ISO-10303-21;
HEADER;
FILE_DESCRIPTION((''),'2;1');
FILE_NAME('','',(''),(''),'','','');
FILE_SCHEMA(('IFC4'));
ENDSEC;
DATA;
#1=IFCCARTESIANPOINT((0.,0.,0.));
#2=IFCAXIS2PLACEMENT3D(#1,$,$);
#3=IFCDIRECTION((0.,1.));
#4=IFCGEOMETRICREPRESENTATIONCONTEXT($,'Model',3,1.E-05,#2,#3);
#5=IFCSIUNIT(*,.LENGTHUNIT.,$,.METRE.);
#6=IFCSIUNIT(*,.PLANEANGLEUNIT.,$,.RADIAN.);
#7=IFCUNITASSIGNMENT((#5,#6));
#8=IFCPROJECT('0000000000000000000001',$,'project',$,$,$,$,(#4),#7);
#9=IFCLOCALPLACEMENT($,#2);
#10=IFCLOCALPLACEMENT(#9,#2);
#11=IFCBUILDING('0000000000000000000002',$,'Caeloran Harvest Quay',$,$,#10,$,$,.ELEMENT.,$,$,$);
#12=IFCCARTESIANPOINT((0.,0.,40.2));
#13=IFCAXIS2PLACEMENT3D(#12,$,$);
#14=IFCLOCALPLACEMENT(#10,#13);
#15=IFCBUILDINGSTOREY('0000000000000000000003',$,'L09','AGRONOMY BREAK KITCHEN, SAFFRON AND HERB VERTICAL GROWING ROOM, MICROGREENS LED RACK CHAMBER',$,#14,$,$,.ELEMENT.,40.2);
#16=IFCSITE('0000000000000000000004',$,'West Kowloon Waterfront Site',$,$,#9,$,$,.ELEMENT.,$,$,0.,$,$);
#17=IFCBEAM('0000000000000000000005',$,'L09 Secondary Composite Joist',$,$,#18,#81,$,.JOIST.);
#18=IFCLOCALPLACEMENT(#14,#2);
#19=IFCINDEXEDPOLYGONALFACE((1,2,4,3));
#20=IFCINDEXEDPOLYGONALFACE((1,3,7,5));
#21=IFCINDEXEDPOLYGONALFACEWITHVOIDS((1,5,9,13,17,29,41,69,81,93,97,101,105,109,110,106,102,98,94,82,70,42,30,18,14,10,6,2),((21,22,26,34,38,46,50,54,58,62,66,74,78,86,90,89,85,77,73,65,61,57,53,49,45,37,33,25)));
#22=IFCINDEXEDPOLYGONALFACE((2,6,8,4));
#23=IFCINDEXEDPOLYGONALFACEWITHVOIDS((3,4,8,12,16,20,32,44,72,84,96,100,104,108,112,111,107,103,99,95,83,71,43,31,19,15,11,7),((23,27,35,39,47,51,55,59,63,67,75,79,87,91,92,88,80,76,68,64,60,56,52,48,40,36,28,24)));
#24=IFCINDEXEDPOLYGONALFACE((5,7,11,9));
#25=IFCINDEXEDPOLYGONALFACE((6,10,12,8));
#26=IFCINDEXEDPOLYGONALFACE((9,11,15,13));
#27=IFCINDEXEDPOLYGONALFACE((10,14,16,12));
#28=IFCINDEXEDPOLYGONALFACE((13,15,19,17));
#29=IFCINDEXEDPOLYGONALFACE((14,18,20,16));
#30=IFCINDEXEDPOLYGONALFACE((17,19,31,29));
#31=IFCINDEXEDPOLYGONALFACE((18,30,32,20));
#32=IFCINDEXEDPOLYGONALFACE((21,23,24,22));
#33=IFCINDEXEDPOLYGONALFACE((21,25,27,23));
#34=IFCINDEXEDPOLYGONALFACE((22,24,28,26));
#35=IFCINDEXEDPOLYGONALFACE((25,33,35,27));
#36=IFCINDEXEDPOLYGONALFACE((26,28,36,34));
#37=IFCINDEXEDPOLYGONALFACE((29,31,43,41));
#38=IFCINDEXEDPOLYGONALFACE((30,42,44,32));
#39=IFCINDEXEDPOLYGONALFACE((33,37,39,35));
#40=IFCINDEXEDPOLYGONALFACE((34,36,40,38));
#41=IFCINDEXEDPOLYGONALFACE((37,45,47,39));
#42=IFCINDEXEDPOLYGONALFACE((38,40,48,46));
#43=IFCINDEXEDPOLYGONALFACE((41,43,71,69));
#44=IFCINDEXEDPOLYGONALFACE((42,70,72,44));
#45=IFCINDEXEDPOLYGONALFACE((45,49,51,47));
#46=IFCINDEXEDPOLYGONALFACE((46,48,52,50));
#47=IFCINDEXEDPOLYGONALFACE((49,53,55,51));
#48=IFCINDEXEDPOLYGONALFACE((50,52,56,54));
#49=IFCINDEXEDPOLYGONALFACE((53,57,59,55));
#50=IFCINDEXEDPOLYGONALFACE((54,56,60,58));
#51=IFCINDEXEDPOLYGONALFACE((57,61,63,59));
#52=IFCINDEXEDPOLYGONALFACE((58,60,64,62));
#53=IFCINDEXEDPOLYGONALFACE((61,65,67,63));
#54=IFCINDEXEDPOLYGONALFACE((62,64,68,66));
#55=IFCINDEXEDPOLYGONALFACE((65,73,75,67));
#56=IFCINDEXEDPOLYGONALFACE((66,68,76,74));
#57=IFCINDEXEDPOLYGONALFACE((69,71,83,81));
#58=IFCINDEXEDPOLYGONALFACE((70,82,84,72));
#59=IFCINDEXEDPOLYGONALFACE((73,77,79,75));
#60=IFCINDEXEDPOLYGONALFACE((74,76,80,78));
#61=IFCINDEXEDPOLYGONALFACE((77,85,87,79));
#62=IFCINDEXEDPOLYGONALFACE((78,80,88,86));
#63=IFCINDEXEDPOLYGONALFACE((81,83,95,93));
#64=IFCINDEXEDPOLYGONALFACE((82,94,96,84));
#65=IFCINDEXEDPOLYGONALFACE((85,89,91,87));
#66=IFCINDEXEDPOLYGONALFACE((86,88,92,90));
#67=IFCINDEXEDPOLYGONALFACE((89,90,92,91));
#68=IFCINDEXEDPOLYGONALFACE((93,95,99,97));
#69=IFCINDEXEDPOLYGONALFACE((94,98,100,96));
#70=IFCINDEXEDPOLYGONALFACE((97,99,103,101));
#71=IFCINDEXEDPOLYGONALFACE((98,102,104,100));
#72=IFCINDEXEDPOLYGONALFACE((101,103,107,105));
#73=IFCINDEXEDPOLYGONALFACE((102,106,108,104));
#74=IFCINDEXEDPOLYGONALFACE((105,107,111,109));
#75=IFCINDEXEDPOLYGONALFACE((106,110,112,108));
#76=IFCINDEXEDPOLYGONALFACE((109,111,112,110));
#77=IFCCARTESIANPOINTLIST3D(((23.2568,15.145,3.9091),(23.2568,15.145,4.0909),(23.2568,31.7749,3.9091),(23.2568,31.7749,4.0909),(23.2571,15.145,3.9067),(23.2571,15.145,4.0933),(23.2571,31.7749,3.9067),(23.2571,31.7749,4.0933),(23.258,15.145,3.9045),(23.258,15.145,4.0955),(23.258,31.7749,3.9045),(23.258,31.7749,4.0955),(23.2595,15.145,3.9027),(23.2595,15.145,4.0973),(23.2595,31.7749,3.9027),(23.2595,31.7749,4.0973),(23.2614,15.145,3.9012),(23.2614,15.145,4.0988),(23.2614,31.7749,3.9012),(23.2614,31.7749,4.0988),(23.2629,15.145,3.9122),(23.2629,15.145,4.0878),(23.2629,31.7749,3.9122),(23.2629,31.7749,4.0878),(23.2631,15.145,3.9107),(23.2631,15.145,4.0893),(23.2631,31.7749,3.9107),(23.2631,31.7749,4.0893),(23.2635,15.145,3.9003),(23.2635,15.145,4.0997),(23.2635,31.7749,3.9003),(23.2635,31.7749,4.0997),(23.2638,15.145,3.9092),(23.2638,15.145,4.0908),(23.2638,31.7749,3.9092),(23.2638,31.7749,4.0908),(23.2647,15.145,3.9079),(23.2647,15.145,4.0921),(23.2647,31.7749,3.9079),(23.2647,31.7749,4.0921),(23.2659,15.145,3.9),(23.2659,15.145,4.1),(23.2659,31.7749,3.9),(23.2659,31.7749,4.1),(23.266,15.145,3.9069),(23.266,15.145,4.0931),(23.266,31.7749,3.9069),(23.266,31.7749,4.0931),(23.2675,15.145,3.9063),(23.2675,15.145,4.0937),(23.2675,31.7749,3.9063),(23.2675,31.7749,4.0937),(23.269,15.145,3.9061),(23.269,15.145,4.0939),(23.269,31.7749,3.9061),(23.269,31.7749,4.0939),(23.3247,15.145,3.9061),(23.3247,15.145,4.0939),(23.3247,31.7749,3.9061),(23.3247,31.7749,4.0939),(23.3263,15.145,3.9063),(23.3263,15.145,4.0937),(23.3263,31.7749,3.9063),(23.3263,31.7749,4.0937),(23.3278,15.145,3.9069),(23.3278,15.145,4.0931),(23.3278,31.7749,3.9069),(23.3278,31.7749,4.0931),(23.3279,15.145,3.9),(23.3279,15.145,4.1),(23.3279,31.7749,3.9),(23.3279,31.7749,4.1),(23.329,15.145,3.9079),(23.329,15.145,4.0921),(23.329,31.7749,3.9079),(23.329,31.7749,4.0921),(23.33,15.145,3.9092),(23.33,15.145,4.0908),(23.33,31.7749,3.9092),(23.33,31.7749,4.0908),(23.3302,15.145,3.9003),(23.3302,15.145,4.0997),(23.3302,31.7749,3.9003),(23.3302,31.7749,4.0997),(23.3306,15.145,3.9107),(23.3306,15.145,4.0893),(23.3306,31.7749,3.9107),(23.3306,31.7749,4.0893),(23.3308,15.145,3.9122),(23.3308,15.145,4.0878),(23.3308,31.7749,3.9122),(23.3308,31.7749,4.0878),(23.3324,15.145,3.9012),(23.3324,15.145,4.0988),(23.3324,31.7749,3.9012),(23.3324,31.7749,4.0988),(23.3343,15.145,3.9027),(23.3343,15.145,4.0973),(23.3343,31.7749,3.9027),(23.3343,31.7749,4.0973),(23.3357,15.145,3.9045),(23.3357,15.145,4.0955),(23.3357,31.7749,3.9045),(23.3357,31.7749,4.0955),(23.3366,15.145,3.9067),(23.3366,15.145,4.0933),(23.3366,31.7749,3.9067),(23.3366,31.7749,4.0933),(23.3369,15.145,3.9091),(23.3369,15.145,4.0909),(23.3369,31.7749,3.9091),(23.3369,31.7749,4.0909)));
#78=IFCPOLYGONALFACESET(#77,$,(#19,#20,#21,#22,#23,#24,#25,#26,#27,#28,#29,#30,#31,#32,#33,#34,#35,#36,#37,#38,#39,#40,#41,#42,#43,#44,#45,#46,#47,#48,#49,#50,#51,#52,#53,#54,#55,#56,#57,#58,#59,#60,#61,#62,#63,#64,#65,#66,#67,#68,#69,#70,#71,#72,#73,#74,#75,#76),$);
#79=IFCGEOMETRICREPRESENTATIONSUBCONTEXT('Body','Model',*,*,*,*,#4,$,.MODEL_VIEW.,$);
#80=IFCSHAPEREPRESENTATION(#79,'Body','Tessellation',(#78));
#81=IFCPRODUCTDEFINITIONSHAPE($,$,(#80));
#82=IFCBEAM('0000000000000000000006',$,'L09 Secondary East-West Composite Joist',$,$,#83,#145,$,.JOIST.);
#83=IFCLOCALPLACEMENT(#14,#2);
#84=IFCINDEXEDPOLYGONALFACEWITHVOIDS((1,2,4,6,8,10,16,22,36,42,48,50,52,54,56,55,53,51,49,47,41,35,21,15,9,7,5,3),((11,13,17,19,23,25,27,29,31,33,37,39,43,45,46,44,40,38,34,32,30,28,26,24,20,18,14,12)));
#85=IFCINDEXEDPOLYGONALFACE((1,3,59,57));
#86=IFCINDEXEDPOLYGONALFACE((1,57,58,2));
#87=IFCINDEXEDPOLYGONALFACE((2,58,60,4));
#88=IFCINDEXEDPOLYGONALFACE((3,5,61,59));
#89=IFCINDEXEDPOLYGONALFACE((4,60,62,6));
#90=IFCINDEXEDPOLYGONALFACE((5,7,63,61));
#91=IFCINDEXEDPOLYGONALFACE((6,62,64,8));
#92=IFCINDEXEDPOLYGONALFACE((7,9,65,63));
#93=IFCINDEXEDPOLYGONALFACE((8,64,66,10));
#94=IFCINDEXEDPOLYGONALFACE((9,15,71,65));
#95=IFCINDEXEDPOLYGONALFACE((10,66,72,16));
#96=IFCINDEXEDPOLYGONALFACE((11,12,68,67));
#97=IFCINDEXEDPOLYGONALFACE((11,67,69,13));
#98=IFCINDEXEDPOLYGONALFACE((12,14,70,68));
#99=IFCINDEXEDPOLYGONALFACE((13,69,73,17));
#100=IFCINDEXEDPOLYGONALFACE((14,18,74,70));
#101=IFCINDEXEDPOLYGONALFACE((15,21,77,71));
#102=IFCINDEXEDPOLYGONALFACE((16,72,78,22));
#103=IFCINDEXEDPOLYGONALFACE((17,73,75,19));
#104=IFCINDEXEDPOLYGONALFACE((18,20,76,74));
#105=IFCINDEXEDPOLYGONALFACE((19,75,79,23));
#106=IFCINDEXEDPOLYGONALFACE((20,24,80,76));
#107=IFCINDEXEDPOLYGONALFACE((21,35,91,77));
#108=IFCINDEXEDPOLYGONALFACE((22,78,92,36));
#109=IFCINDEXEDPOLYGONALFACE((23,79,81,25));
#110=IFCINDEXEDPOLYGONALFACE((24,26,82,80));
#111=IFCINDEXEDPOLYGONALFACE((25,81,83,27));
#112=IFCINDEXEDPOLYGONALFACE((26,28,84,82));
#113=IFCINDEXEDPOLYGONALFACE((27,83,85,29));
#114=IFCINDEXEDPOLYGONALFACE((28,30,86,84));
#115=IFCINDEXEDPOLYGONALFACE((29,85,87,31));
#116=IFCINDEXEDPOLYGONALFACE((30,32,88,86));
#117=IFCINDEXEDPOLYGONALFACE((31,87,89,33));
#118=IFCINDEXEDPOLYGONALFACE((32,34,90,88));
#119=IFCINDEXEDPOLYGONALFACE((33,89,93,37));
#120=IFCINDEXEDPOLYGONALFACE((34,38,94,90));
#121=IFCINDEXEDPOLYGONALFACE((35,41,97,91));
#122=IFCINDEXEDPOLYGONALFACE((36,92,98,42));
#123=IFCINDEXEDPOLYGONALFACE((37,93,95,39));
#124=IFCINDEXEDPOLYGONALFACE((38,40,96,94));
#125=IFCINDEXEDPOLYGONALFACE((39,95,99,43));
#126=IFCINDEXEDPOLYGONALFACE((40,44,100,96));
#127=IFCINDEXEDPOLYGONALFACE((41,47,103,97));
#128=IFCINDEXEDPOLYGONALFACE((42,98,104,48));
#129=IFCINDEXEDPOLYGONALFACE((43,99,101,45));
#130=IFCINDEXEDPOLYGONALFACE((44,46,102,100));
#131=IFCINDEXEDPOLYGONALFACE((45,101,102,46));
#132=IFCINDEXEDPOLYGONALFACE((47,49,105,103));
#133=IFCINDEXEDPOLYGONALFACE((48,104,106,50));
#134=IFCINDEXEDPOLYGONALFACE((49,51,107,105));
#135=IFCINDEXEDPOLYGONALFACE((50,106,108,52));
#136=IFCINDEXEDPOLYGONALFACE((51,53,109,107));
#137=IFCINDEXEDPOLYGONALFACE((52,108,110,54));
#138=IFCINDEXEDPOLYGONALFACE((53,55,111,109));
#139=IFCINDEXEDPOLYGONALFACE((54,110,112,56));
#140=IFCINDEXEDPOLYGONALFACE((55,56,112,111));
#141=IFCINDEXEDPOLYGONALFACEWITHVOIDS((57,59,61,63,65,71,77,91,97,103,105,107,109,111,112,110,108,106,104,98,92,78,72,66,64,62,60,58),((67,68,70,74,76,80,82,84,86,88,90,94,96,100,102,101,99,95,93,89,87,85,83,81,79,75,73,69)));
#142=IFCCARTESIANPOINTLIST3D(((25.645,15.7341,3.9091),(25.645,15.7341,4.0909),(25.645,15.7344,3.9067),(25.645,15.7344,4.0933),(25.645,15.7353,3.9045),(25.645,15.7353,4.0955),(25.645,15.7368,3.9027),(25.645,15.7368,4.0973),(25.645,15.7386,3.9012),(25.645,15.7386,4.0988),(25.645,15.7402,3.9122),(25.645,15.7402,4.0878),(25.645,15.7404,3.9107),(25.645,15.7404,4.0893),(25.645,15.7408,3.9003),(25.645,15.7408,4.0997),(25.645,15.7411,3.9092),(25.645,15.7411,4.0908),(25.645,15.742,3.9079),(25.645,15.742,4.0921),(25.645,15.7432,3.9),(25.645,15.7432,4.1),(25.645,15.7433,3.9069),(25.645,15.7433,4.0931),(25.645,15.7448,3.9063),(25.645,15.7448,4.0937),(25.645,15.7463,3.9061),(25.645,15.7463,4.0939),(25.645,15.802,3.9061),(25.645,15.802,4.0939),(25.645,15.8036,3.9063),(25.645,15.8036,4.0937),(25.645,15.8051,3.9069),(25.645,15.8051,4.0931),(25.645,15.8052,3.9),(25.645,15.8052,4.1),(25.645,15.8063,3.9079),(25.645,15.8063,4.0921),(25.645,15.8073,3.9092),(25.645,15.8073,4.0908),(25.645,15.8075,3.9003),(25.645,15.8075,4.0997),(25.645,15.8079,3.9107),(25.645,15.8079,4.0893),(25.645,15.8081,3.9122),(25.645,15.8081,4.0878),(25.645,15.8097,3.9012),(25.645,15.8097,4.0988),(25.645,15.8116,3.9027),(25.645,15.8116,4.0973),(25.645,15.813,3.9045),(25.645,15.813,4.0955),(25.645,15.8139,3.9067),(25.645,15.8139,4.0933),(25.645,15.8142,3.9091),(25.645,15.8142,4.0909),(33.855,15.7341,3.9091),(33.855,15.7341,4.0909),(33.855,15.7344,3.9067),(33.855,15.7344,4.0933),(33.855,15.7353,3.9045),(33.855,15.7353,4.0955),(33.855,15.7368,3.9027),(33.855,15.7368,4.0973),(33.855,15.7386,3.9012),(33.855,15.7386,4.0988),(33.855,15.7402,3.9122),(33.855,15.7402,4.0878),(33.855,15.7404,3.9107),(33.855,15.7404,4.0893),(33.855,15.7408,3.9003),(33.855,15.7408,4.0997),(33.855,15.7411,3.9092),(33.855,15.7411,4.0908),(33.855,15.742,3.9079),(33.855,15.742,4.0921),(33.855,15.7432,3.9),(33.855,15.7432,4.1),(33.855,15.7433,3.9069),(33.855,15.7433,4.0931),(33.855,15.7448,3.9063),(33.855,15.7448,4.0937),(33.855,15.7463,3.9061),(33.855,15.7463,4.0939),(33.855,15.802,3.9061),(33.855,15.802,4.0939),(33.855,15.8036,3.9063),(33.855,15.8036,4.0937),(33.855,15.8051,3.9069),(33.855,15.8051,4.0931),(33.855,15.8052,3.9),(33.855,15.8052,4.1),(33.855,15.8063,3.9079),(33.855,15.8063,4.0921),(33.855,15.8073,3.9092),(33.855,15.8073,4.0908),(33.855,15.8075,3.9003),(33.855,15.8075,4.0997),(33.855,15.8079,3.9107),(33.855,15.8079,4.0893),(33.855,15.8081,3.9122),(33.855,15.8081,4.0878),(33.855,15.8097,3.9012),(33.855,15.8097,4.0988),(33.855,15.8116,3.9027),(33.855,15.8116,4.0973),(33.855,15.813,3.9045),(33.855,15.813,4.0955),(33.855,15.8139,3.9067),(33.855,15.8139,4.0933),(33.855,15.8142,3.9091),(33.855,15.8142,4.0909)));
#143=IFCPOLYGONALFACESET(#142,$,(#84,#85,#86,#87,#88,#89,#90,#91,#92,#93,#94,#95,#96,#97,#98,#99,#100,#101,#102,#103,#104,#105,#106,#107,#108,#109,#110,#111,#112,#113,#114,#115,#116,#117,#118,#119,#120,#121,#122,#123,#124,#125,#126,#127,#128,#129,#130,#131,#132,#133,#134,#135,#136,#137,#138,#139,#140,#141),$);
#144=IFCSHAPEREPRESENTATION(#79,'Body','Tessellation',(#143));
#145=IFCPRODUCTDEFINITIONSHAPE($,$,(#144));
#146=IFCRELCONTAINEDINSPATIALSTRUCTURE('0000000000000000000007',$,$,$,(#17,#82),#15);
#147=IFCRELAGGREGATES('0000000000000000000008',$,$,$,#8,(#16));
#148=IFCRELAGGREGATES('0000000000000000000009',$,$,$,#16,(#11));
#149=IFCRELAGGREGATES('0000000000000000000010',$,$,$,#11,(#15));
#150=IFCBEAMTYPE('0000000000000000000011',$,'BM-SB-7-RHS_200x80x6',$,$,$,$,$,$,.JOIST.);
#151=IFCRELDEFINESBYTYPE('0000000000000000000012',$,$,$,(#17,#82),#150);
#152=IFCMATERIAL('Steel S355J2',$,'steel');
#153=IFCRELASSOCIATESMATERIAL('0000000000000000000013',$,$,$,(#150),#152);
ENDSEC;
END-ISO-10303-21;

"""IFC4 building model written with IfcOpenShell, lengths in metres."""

from ifc_helpers import new_model, si_unit, direction, frame, origin, origin_2d, place, context, subcontext, project, spatial, hollow_rectangle, extrude, material, material_profile, profile_set, type_object, element, save


model = new_model("IFC4")

# Units and contexts
model_context = context("Model", 3, precision=1e-05, world=origin(), true_north=direction((0.0, 1.0)))
body_context = subcontext(model_context, "Body", "Model", "MODEL_VIEW")
ifc_project = project(units=[si_unit("LENGTHUNIT", "METRE"), si_unit("PLANEANGLEUNIT", "RADIAN")], contexts=[model_context])

# Site, building, storey
site_placement = place(None, origin())
site = spatial("IfcSite", under=ifc_project, at=site_placement, Name="West Kowloon Waterfront Site", CompositionType="ELEMENT", RefElevation=0.0)
building_placement = place(site_placement, origin())
building = spatial("IfcBuilding", under=site, at=building_placement, Name="Caeloran Harvest Quay", CompositionType="ELEMENT")
storey_placement = place(building_placement, frame((0.0, 0.0, 40.2)))
storey = spatial("IfcBuildingStorey", under=building, at=storey_placement, Name="L09", Description="AGRONOMY BREAK KITCHEN, SAFFRON AND HERB VERTICAL GROWING ROOM, MICROGREENS LED RACK CHAMBER", CompositionType="ELEMENT", Elevation=40.2)

# Beams
ifc_material_1 = material(Name="Steel S355J2", Category="steel")
ifc_material_profile_1 = material_profile(ifc_material_1, hollow_rectangle(XDim=0.0801, YDim=0.2, WallThickness=0.0061, InnerFilletRadius=0.0061, OuterFilletRadius=0.009, at=origin_2d()), Name="RHS 200x80x6")
ifc_profile_set_1 = profile_set([ifc_material_profile_1], Name="Steel S355J2")
beam_type_1 = type_object("IfcBeamType", Name="BM-SB-7-RHS_200x80x6", PredefinedType="JOIST", material=ifc_profile_set_1)
beam_placement = place(storey_placement, frame((23.2969, 15.145, 4.0), z_axis=(0.0, 1.0, 0.0), x_axis=(-1.0, 0.0, 0.0)))
element("IfcBeam", 1, at=beam_placement, inside=storey, type_object=beam_type_1, Name="L09 Secondary Composite Joist", PredefinedType="JOIST", context=body_context, shape_type="SweptSolid", body=[
    extrude(hollow_rectangle(XDim=0.0801, YDim=0.2, WallThickness=0.0061, InnerFilletRadius=0.0061, OuterFilletRadius=0.009, at=origin_2d()), origin(), (0.0, 0.0, 1.0), 16.6299),
])
for number, where, z_axis, x_axis, name in (
    (2, (25.645, 15.7742, 4.0), (1.0, 0.0, 0.0), (0.0, 1.0, 0.0), "L09 Secondary East-West Composite Joist"),
):
    element("IfcBeam", number, at=place(storey_placement, frame(where, z_axis=z_axis, x_axis=x_axis)), inside=storey, type_object=beam_type_1, Name=name, PredefinedType="JOIST", context=body_context, shape_type="SweptSolid", body=[
        extrude(hollow_rectangle(XDim=0.0801, YDim=0.2, WallThickness=0.0061, InnerFilletRadius=0.0061, OuterFilletRadius=0.009, at=origin_2d()), origin(), (0.0, 0.0, 1.0), 8.21),
    ])

save(model, "model.ifc")
